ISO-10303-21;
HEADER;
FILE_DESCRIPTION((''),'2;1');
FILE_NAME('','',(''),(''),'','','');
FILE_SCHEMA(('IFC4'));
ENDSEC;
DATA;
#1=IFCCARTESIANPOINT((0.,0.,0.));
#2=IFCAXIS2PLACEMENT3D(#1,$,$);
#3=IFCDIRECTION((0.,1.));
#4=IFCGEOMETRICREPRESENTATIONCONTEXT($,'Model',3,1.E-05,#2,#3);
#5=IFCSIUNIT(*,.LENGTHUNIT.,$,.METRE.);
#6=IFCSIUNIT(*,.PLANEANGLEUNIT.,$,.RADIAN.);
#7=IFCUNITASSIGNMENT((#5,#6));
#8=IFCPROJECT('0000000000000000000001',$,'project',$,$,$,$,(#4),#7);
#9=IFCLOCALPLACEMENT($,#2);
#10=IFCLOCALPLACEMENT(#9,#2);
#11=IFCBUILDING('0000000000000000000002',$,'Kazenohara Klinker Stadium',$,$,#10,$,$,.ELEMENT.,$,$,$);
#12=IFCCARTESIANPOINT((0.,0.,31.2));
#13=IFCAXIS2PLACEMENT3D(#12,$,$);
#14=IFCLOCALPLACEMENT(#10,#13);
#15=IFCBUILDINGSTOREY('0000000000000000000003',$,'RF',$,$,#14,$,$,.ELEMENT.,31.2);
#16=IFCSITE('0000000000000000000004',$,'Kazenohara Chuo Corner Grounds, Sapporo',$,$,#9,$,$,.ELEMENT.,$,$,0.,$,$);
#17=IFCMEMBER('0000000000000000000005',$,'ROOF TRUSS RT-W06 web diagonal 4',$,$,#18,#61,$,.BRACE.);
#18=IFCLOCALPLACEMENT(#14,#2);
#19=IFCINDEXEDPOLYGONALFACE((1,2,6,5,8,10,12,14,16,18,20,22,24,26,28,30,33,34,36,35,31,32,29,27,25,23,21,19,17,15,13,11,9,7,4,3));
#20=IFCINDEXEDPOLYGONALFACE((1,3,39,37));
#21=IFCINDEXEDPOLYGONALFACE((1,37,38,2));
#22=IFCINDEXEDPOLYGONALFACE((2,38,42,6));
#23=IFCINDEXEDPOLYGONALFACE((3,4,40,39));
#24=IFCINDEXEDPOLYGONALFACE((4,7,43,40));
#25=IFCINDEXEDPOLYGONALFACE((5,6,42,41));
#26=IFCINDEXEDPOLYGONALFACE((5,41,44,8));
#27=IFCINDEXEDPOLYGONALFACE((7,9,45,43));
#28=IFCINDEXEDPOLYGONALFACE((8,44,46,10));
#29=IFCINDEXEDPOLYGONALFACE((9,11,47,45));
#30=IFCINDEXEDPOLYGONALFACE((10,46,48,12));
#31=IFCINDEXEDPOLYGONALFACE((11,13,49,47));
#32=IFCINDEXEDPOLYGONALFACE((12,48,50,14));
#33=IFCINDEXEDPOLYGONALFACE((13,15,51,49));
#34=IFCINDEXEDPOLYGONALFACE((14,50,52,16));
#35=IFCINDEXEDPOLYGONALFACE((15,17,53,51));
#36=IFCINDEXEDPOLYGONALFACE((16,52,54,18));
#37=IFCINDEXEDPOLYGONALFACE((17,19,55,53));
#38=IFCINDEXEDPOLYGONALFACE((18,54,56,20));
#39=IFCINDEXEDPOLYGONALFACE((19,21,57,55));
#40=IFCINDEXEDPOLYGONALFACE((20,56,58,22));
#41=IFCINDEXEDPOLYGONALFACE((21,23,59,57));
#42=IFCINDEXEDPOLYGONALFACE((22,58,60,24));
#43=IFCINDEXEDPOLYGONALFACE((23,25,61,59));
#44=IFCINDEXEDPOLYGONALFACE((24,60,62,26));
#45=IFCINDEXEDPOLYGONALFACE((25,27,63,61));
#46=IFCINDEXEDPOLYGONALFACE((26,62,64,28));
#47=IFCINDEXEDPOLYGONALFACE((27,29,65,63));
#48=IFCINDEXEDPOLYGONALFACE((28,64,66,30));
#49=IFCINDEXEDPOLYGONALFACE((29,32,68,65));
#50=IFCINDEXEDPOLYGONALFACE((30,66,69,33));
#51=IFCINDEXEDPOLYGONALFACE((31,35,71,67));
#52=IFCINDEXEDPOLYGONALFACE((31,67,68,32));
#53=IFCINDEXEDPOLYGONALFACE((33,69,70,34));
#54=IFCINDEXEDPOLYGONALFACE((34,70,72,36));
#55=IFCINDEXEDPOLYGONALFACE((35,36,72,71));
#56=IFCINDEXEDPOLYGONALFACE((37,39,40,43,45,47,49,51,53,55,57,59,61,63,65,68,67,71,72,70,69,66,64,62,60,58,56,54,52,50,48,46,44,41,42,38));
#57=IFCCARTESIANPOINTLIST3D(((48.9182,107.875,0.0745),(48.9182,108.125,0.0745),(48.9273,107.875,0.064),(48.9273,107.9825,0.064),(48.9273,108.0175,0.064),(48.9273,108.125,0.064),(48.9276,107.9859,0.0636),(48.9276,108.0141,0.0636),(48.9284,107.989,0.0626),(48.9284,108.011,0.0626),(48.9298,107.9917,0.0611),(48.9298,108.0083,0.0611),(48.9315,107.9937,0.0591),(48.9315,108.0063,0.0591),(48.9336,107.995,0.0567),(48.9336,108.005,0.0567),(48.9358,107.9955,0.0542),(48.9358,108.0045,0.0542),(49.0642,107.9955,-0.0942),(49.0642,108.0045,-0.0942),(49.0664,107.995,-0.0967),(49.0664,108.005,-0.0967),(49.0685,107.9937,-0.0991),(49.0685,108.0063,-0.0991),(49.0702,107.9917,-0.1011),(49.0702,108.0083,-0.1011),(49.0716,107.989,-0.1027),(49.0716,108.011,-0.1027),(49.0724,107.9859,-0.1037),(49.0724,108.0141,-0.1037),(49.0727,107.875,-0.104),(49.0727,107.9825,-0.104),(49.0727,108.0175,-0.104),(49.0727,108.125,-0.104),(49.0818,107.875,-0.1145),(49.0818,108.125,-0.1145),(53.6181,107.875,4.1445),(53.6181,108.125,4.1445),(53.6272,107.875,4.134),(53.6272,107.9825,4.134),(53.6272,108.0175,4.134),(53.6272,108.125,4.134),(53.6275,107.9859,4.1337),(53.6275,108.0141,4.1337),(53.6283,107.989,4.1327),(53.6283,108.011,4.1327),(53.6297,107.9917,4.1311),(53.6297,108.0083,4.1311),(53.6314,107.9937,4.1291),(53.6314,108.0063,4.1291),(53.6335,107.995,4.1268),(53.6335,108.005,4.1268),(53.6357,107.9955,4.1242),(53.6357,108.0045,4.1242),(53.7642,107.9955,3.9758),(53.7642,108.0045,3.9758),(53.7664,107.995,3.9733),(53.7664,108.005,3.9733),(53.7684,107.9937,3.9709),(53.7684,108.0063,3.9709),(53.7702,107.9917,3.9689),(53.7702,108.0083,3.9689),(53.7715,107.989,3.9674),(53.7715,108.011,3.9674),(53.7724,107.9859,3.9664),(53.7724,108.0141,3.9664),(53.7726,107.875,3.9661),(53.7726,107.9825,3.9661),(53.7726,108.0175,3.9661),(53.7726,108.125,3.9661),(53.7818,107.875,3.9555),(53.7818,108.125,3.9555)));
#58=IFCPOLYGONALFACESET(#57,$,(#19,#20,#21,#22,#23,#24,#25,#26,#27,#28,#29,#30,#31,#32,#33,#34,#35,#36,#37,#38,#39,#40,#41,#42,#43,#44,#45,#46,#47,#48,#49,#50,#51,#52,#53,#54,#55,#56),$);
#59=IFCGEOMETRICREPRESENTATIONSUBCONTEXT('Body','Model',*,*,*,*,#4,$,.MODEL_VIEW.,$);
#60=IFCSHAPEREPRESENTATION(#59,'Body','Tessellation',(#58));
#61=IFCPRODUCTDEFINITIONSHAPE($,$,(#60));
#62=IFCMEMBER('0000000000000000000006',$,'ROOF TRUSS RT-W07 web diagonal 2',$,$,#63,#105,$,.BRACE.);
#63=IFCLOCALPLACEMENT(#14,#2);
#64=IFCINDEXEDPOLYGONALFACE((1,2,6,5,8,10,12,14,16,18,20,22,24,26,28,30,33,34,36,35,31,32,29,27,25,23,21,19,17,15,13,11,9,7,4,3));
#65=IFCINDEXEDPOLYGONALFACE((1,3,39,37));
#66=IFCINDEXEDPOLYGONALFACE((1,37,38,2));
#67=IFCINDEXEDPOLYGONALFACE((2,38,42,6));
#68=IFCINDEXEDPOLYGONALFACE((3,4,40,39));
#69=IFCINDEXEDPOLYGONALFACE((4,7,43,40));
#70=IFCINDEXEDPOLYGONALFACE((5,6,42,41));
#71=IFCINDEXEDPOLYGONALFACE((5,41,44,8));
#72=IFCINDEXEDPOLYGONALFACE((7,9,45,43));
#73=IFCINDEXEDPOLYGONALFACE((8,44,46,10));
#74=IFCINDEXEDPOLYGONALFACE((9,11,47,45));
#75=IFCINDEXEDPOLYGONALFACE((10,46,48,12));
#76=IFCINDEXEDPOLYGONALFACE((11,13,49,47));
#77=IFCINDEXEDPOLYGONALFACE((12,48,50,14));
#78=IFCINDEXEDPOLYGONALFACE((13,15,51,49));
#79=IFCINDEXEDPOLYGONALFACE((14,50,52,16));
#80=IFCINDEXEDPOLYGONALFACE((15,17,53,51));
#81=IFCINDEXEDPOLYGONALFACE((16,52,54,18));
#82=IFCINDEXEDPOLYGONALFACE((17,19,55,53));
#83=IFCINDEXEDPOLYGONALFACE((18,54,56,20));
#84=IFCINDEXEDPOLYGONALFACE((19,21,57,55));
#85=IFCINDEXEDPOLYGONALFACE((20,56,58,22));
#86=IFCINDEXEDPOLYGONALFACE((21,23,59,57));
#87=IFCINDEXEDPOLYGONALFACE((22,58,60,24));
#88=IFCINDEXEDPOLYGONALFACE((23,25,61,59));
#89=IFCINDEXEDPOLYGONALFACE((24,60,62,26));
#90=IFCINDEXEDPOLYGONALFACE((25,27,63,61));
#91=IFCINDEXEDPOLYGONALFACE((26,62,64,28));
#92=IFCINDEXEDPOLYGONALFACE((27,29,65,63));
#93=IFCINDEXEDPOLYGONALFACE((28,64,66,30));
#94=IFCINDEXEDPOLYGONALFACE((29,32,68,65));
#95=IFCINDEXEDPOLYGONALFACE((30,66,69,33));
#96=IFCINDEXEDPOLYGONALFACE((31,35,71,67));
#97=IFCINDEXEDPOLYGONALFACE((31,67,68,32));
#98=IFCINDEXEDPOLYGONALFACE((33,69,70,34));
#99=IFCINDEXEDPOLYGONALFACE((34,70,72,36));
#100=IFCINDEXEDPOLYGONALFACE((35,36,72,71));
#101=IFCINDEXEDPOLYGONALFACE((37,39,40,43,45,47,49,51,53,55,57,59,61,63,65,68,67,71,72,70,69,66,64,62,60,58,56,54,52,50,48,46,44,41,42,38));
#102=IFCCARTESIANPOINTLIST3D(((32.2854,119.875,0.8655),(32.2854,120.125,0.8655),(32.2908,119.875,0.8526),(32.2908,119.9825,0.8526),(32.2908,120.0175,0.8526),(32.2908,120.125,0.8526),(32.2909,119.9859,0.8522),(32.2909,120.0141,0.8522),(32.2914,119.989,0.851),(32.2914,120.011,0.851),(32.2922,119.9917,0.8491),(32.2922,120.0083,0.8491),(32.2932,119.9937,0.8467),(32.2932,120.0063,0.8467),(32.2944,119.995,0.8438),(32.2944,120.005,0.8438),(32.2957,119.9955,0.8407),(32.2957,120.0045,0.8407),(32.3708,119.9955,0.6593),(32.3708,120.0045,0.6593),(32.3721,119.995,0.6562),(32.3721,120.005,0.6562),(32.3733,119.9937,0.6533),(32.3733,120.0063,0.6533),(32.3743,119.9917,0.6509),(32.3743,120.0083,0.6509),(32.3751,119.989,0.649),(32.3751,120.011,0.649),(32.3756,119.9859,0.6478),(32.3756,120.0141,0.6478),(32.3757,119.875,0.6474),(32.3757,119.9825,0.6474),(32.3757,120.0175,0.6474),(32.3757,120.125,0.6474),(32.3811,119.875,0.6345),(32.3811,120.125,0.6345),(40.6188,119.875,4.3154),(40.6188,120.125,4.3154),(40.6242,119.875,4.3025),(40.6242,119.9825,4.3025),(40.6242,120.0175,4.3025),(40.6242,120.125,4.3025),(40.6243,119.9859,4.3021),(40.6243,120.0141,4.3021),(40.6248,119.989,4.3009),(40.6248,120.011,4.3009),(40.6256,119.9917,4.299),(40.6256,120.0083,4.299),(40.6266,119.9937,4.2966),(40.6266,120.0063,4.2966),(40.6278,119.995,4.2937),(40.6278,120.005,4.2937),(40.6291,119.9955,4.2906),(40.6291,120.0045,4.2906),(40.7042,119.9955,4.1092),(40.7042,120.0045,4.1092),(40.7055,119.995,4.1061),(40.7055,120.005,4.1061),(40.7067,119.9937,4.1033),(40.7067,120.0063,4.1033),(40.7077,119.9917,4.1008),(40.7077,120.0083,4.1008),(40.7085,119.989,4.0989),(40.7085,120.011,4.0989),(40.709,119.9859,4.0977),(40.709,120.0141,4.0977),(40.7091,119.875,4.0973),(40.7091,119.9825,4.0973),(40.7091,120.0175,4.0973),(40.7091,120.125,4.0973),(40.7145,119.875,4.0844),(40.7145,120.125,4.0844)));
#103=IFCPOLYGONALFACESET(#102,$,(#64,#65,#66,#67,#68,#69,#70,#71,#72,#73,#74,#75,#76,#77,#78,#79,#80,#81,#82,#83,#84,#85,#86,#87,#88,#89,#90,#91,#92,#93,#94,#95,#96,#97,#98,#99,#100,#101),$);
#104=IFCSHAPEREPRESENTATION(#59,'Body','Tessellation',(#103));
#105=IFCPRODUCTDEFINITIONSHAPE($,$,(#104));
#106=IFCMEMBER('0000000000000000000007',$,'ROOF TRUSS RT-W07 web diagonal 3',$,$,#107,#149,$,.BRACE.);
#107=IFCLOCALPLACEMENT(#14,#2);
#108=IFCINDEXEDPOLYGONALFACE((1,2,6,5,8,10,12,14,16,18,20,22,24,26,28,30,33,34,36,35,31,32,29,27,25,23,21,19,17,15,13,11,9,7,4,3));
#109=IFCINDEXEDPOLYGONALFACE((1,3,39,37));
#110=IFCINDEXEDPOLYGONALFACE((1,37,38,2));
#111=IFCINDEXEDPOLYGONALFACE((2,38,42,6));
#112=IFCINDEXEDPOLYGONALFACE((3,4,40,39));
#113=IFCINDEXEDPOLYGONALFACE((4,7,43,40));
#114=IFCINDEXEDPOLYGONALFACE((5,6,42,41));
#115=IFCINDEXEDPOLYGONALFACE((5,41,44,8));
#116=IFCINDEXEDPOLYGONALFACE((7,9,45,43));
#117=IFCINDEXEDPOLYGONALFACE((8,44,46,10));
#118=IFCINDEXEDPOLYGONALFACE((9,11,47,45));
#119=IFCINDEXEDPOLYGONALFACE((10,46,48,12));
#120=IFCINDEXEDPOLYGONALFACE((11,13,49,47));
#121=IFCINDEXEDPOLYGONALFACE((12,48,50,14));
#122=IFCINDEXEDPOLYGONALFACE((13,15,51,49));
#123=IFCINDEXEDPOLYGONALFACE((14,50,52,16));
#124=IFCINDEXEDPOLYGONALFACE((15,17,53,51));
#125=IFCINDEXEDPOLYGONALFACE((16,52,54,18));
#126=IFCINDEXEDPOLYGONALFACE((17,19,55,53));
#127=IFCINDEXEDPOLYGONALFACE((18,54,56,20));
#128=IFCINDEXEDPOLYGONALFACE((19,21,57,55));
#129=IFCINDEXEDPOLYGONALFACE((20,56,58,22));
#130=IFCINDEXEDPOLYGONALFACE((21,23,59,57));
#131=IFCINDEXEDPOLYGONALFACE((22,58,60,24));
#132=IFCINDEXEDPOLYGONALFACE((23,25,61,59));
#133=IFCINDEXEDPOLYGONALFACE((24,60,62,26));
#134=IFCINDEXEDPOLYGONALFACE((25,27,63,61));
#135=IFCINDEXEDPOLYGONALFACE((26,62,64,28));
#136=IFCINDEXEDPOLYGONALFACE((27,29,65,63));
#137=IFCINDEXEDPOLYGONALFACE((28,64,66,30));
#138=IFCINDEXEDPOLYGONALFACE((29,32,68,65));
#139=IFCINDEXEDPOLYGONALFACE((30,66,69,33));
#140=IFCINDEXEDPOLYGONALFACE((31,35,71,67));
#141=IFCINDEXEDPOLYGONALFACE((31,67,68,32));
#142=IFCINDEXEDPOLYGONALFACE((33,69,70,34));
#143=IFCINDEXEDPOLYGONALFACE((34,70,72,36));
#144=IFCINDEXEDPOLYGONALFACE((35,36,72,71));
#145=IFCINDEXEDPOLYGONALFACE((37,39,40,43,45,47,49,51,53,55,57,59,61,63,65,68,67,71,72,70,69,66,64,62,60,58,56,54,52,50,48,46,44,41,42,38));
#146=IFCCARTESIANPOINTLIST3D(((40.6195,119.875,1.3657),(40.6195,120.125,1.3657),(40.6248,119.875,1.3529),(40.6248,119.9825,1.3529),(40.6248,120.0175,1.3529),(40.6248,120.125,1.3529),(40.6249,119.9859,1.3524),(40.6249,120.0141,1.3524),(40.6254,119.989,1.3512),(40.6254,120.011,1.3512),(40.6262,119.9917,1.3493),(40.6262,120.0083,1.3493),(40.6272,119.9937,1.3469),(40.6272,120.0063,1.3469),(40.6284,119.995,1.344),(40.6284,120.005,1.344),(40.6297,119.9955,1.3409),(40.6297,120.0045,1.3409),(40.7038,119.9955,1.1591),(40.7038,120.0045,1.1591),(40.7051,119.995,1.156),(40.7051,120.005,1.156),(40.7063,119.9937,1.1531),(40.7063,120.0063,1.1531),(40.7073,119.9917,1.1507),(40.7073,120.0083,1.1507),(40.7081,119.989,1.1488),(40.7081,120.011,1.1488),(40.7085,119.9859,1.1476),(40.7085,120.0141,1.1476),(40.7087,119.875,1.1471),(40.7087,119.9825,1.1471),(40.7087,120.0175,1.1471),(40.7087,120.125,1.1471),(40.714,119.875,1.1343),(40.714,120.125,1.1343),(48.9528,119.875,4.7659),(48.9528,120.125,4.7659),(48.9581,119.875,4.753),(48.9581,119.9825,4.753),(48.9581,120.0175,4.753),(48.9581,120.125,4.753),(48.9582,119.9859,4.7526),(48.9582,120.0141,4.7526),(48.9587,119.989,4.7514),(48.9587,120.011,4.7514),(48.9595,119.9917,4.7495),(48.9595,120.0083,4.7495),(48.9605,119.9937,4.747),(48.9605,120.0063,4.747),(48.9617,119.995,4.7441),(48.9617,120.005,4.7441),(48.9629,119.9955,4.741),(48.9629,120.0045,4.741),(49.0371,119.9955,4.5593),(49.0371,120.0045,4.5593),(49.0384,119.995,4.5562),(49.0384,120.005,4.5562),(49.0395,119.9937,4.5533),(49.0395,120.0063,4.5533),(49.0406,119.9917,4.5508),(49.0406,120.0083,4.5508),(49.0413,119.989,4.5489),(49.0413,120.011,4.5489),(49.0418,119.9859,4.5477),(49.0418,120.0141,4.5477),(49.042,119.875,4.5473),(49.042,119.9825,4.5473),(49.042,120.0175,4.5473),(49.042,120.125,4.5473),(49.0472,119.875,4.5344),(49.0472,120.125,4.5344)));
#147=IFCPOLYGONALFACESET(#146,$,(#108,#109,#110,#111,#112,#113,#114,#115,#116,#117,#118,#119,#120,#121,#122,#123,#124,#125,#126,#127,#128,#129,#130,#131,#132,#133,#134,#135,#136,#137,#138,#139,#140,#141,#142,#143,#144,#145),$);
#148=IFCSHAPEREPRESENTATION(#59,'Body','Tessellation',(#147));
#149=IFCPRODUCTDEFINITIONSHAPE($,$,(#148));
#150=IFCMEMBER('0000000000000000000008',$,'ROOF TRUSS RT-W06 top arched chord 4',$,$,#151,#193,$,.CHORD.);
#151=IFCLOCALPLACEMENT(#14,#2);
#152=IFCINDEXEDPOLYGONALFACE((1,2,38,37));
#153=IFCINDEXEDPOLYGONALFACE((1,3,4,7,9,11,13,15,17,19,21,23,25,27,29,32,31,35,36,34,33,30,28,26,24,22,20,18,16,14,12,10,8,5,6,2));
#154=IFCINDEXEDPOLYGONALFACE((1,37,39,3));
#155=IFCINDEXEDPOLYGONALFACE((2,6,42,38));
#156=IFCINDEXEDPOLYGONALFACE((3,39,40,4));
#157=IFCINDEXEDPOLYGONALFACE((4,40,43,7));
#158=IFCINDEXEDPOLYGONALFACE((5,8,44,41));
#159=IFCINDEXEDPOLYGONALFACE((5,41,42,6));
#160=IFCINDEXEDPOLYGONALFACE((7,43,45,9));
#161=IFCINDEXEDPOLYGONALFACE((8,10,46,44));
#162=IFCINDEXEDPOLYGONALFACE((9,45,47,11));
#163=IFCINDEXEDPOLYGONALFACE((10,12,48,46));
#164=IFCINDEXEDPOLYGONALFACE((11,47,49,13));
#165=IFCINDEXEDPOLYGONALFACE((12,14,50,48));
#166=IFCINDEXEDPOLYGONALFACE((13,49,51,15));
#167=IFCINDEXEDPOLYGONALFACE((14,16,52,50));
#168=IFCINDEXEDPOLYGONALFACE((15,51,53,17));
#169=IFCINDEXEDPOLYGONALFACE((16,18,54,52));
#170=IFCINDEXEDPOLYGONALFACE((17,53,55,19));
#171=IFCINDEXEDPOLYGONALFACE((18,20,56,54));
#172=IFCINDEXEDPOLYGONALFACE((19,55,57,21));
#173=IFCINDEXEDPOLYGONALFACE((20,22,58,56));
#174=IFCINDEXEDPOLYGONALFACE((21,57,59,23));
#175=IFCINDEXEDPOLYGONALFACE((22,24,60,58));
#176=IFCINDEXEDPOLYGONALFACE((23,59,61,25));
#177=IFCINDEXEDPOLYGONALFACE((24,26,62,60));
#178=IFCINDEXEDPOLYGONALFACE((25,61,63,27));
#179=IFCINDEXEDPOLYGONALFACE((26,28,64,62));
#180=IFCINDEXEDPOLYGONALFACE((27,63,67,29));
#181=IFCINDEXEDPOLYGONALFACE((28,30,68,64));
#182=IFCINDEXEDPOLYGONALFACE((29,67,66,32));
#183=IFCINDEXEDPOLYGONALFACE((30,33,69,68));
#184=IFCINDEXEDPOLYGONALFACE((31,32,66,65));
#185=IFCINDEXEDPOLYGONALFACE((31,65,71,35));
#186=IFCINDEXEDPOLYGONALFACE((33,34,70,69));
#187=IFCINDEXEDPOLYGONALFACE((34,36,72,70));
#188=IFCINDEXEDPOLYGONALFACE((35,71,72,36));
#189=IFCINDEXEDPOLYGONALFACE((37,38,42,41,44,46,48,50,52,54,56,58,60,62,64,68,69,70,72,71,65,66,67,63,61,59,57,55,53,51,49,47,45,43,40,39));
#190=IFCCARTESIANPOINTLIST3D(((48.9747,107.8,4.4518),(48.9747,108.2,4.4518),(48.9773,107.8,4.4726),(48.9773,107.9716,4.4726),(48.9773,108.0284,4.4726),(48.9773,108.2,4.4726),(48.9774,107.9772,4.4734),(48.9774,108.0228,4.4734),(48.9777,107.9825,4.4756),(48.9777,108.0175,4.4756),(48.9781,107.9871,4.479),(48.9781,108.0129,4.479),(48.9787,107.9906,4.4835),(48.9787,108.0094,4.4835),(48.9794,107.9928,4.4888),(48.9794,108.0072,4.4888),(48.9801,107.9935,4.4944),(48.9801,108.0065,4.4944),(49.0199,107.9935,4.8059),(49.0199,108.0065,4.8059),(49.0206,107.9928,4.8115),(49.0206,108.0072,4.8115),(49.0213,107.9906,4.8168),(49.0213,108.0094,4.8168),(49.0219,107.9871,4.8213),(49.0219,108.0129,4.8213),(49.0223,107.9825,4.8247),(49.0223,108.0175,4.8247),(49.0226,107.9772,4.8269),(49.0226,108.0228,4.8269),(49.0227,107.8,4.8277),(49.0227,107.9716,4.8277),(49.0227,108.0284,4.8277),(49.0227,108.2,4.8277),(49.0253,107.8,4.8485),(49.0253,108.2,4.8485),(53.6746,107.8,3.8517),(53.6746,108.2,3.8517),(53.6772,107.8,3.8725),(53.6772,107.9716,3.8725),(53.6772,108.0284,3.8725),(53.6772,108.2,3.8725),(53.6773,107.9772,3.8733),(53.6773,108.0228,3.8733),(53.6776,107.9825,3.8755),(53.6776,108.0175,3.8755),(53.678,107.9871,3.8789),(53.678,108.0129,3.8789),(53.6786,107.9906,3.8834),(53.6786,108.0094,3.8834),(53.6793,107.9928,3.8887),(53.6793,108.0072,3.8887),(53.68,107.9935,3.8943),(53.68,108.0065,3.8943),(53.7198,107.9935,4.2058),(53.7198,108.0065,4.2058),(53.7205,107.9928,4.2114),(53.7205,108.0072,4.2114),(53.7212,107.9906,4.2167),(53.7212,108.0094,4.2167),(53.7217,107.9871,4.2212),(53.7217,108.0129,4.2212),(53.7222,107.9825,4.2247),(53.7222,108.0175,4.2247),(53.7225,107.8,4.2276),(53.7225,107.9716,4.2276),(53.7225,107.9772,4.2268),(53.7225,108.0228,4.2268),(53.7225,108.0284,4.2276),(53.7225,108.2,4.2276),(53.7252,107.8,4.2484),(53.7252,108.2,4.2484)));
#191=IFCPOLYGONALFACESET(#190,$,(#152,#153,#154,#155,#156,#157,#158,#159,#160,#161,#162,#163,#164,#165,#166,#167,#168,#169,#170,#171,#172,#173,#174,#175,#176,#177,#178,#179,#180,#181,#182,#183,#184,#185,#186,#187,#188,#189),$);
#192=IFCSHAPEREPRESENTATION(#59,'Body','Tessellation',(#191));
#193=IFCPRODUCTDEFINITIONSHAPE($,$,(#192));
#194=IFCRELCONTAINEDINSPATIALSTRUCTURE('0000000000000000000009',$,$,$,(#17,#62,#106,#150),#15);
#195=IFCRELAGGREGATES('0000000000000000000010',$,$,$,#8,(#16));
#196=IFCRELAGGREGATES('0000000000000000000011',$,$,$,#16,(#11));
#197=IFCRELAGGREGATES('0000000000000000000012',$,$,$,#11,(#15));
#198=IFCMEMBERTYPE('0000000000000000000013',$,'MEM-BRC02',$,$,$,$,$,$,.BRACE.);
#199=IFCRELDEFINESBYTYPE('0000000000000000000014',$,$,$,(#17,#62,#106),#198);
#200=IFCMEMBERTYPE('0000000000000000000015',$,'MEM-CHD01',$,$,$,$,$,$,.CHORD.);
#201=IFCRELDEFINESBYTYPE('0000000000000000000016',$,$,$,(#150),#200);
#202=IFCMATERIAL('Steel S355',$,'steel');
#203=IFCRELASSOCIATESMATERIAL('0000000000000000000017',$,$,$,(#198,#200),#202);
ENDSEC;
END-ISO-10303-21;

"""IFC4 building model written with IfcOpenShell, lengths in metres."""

from ifc_helpers import new_model, si_unit, direction, frame, origin, origin_2d, place, context, subcontext, project, spatial, i_section, extrude, material, material_profile, profile_set, type_object, element, save


model = new_model("IFC4")

# Units and contexts
model_context = context("Model", 3, precision=1e-05, world=origin(), true_north=direction((0.0, 1.0)))
body_context = subcontext(model_context, "Body", "Model", "MODEL_VIEW")
ifc_project = project(units=[si_unit("LENGTHUNIT", "METRE"), si_unit("PLANEANGLEUNIT", "RADIAN")], contexts=[model_context])

# Site, building, storey
site_placement = place(None, origin())
site = spatial("IfcSite", under=ifc_project, at=site_placement, Name="Kazenohara Chuo Corner Grounds, Sapporo", CompositionType="ELEMENT", RefElevation=0.0)
building_placement = place(site_placement, origin())
building = spatial("IfcBuilding", under=site, at=building_placement, Name="Kazenohara Klinker Stadium", CompositionType="ELEMENT")
storey_placement = place(building_placement, frame((0.0, 0.0, 31.2)))
storey = spatial("IfcBuildingStorey", under=building, at=storey_placement, Name="RF", CompositionType="ELEMENT", Elevation=31.2)

# Members
ifc_material = material(Name="Steel S355", Category="steel")
ifc_material_profile_1 = material_profile(ifc_material, i_section(OverallWidth=0.25, OverallDepth=0.25, WebThickness=0.009, FlangeThickness=0.0139, FilletRadius=0.0129, at=origin_2d()), Name="H-250x250x9x14")
ifc_profile_set_1 = profile_set([ifc_material_profile_1], Name="Steel S355")
member_type_1 = type_object("IfcMemberType", Name="MEM-BRC02", PredefinedType="BRACE", material=ifc_profile_set_1)
member_1_placement = place(storey_placement, frame((49.0, 108.0, -0.02), z_axis=(0.755946, 0.0, 0.654634), x_axis=(0.0, 1.0, 0.0)))
element("IfcMember", 1, at=member_1_placement, inside=storey, type_object=member_type_1, Name="ROOF TRUSS RT-W06 web diagonal 4", PredefinedType="BRACE", context=body_context, shape_type="SweptSolid", body=[
    extrude(i_section(OverallWidth=0.25, OverallDepth=0.25, WebThickness=0.009, FlangeThickness=0.0139, FilletRadius=0.0129, at=origin_2d()), origin(), (0.0, 0.0, 1.0), 6.2173),
])
member_2_placement = place(storey_placement, frame((32.3333, 120.0, 0.75), z_axis=(0.923954, 0.0, 0.382504), x_axis=(0.0, 1.0, 0.0)))
element("IfcMember", 2, at=member_2_placement, inside=storey, type_object=member_type_1, Name="ROOF TRUSS RT-W07 web diagonal 2", PredefinedType="BRACE", context=body_context, shape_type="SweptSolid", body=[
    extrude(i_section(OverallWidth=0.25, OverallDepth=0.25, WebThickness=0.009, FlangeThickness=0.0139, FilletRadius=0.0129, at=origin_2d()), origin(), (0.0, 0.0, 1.0), 9.0193),
])
member_3_placement = place(storey_placement, frame((40.6667, 120.0, 1.25), z_axis=(0.925894, 0.0, 0.377785), x_axis=(0.0, 1.0, 0.0)))
element("IfcMember", 3, at=member_3_placement, inside=storey, type_object=member_type_1, Name="ROOF TRUSS RT-W07 web diagonal 3", PredefinedType="BRACE", context=body_context, shape_type="SweptSolid", body=[
    extrude(i_section(OverallWidth=0.25, OverallDepth=0.25, WebThickness=0.009, FlangeThickness=0.0139, FilletRadius=0.0129, at=origin_2d()), origin(), (0.0, 0.0, 1.0), 9.0002),
])
ifc_material_profile_2 = material_profile(ifc_material, i_section(OverallWidth=0.3999, OverallDepth=0.3999, WebThickness=0.0129, FlangeThickness=0.021, FilletRadius=0.022, at=origin_2d()), Name="H-400x400x13x21")
ifc_profile_set_2 = profile_set([ifc_material_profile_2], Name="Steel S355")
member_type_2 = type_object("IfcMemberType", Name="MEM-CHD01", PredefinedType="CHORD", material=ifc_profile_set_2)
member_4_placement = place(storey_placement, frame((49.0, 108.0, 4.6501), z_axis=(0.991947, 0.0, -0.126653), x_axis=(0.0, 1.0, 0.0)))
element("IfcMember", 4, at=member_4_placement, inside=storey, type_object=member_type_2, Name="ROOF TRUSS RT-W06 top arched chord 4", PredefinedType="CHORD", context=body_context, shape_type="SweptSolid", body=[
    extrude(i_section(OverallWidth=0.3999, OverallDepth=0.3999, WebThickness=0.0129, FlangeThickness=0.021, FilletRadius=0.022, at=origin_2d()), origin(), (0.0, 0.0, 1.0), 4.738),
])

save(model, "model.ifc")
